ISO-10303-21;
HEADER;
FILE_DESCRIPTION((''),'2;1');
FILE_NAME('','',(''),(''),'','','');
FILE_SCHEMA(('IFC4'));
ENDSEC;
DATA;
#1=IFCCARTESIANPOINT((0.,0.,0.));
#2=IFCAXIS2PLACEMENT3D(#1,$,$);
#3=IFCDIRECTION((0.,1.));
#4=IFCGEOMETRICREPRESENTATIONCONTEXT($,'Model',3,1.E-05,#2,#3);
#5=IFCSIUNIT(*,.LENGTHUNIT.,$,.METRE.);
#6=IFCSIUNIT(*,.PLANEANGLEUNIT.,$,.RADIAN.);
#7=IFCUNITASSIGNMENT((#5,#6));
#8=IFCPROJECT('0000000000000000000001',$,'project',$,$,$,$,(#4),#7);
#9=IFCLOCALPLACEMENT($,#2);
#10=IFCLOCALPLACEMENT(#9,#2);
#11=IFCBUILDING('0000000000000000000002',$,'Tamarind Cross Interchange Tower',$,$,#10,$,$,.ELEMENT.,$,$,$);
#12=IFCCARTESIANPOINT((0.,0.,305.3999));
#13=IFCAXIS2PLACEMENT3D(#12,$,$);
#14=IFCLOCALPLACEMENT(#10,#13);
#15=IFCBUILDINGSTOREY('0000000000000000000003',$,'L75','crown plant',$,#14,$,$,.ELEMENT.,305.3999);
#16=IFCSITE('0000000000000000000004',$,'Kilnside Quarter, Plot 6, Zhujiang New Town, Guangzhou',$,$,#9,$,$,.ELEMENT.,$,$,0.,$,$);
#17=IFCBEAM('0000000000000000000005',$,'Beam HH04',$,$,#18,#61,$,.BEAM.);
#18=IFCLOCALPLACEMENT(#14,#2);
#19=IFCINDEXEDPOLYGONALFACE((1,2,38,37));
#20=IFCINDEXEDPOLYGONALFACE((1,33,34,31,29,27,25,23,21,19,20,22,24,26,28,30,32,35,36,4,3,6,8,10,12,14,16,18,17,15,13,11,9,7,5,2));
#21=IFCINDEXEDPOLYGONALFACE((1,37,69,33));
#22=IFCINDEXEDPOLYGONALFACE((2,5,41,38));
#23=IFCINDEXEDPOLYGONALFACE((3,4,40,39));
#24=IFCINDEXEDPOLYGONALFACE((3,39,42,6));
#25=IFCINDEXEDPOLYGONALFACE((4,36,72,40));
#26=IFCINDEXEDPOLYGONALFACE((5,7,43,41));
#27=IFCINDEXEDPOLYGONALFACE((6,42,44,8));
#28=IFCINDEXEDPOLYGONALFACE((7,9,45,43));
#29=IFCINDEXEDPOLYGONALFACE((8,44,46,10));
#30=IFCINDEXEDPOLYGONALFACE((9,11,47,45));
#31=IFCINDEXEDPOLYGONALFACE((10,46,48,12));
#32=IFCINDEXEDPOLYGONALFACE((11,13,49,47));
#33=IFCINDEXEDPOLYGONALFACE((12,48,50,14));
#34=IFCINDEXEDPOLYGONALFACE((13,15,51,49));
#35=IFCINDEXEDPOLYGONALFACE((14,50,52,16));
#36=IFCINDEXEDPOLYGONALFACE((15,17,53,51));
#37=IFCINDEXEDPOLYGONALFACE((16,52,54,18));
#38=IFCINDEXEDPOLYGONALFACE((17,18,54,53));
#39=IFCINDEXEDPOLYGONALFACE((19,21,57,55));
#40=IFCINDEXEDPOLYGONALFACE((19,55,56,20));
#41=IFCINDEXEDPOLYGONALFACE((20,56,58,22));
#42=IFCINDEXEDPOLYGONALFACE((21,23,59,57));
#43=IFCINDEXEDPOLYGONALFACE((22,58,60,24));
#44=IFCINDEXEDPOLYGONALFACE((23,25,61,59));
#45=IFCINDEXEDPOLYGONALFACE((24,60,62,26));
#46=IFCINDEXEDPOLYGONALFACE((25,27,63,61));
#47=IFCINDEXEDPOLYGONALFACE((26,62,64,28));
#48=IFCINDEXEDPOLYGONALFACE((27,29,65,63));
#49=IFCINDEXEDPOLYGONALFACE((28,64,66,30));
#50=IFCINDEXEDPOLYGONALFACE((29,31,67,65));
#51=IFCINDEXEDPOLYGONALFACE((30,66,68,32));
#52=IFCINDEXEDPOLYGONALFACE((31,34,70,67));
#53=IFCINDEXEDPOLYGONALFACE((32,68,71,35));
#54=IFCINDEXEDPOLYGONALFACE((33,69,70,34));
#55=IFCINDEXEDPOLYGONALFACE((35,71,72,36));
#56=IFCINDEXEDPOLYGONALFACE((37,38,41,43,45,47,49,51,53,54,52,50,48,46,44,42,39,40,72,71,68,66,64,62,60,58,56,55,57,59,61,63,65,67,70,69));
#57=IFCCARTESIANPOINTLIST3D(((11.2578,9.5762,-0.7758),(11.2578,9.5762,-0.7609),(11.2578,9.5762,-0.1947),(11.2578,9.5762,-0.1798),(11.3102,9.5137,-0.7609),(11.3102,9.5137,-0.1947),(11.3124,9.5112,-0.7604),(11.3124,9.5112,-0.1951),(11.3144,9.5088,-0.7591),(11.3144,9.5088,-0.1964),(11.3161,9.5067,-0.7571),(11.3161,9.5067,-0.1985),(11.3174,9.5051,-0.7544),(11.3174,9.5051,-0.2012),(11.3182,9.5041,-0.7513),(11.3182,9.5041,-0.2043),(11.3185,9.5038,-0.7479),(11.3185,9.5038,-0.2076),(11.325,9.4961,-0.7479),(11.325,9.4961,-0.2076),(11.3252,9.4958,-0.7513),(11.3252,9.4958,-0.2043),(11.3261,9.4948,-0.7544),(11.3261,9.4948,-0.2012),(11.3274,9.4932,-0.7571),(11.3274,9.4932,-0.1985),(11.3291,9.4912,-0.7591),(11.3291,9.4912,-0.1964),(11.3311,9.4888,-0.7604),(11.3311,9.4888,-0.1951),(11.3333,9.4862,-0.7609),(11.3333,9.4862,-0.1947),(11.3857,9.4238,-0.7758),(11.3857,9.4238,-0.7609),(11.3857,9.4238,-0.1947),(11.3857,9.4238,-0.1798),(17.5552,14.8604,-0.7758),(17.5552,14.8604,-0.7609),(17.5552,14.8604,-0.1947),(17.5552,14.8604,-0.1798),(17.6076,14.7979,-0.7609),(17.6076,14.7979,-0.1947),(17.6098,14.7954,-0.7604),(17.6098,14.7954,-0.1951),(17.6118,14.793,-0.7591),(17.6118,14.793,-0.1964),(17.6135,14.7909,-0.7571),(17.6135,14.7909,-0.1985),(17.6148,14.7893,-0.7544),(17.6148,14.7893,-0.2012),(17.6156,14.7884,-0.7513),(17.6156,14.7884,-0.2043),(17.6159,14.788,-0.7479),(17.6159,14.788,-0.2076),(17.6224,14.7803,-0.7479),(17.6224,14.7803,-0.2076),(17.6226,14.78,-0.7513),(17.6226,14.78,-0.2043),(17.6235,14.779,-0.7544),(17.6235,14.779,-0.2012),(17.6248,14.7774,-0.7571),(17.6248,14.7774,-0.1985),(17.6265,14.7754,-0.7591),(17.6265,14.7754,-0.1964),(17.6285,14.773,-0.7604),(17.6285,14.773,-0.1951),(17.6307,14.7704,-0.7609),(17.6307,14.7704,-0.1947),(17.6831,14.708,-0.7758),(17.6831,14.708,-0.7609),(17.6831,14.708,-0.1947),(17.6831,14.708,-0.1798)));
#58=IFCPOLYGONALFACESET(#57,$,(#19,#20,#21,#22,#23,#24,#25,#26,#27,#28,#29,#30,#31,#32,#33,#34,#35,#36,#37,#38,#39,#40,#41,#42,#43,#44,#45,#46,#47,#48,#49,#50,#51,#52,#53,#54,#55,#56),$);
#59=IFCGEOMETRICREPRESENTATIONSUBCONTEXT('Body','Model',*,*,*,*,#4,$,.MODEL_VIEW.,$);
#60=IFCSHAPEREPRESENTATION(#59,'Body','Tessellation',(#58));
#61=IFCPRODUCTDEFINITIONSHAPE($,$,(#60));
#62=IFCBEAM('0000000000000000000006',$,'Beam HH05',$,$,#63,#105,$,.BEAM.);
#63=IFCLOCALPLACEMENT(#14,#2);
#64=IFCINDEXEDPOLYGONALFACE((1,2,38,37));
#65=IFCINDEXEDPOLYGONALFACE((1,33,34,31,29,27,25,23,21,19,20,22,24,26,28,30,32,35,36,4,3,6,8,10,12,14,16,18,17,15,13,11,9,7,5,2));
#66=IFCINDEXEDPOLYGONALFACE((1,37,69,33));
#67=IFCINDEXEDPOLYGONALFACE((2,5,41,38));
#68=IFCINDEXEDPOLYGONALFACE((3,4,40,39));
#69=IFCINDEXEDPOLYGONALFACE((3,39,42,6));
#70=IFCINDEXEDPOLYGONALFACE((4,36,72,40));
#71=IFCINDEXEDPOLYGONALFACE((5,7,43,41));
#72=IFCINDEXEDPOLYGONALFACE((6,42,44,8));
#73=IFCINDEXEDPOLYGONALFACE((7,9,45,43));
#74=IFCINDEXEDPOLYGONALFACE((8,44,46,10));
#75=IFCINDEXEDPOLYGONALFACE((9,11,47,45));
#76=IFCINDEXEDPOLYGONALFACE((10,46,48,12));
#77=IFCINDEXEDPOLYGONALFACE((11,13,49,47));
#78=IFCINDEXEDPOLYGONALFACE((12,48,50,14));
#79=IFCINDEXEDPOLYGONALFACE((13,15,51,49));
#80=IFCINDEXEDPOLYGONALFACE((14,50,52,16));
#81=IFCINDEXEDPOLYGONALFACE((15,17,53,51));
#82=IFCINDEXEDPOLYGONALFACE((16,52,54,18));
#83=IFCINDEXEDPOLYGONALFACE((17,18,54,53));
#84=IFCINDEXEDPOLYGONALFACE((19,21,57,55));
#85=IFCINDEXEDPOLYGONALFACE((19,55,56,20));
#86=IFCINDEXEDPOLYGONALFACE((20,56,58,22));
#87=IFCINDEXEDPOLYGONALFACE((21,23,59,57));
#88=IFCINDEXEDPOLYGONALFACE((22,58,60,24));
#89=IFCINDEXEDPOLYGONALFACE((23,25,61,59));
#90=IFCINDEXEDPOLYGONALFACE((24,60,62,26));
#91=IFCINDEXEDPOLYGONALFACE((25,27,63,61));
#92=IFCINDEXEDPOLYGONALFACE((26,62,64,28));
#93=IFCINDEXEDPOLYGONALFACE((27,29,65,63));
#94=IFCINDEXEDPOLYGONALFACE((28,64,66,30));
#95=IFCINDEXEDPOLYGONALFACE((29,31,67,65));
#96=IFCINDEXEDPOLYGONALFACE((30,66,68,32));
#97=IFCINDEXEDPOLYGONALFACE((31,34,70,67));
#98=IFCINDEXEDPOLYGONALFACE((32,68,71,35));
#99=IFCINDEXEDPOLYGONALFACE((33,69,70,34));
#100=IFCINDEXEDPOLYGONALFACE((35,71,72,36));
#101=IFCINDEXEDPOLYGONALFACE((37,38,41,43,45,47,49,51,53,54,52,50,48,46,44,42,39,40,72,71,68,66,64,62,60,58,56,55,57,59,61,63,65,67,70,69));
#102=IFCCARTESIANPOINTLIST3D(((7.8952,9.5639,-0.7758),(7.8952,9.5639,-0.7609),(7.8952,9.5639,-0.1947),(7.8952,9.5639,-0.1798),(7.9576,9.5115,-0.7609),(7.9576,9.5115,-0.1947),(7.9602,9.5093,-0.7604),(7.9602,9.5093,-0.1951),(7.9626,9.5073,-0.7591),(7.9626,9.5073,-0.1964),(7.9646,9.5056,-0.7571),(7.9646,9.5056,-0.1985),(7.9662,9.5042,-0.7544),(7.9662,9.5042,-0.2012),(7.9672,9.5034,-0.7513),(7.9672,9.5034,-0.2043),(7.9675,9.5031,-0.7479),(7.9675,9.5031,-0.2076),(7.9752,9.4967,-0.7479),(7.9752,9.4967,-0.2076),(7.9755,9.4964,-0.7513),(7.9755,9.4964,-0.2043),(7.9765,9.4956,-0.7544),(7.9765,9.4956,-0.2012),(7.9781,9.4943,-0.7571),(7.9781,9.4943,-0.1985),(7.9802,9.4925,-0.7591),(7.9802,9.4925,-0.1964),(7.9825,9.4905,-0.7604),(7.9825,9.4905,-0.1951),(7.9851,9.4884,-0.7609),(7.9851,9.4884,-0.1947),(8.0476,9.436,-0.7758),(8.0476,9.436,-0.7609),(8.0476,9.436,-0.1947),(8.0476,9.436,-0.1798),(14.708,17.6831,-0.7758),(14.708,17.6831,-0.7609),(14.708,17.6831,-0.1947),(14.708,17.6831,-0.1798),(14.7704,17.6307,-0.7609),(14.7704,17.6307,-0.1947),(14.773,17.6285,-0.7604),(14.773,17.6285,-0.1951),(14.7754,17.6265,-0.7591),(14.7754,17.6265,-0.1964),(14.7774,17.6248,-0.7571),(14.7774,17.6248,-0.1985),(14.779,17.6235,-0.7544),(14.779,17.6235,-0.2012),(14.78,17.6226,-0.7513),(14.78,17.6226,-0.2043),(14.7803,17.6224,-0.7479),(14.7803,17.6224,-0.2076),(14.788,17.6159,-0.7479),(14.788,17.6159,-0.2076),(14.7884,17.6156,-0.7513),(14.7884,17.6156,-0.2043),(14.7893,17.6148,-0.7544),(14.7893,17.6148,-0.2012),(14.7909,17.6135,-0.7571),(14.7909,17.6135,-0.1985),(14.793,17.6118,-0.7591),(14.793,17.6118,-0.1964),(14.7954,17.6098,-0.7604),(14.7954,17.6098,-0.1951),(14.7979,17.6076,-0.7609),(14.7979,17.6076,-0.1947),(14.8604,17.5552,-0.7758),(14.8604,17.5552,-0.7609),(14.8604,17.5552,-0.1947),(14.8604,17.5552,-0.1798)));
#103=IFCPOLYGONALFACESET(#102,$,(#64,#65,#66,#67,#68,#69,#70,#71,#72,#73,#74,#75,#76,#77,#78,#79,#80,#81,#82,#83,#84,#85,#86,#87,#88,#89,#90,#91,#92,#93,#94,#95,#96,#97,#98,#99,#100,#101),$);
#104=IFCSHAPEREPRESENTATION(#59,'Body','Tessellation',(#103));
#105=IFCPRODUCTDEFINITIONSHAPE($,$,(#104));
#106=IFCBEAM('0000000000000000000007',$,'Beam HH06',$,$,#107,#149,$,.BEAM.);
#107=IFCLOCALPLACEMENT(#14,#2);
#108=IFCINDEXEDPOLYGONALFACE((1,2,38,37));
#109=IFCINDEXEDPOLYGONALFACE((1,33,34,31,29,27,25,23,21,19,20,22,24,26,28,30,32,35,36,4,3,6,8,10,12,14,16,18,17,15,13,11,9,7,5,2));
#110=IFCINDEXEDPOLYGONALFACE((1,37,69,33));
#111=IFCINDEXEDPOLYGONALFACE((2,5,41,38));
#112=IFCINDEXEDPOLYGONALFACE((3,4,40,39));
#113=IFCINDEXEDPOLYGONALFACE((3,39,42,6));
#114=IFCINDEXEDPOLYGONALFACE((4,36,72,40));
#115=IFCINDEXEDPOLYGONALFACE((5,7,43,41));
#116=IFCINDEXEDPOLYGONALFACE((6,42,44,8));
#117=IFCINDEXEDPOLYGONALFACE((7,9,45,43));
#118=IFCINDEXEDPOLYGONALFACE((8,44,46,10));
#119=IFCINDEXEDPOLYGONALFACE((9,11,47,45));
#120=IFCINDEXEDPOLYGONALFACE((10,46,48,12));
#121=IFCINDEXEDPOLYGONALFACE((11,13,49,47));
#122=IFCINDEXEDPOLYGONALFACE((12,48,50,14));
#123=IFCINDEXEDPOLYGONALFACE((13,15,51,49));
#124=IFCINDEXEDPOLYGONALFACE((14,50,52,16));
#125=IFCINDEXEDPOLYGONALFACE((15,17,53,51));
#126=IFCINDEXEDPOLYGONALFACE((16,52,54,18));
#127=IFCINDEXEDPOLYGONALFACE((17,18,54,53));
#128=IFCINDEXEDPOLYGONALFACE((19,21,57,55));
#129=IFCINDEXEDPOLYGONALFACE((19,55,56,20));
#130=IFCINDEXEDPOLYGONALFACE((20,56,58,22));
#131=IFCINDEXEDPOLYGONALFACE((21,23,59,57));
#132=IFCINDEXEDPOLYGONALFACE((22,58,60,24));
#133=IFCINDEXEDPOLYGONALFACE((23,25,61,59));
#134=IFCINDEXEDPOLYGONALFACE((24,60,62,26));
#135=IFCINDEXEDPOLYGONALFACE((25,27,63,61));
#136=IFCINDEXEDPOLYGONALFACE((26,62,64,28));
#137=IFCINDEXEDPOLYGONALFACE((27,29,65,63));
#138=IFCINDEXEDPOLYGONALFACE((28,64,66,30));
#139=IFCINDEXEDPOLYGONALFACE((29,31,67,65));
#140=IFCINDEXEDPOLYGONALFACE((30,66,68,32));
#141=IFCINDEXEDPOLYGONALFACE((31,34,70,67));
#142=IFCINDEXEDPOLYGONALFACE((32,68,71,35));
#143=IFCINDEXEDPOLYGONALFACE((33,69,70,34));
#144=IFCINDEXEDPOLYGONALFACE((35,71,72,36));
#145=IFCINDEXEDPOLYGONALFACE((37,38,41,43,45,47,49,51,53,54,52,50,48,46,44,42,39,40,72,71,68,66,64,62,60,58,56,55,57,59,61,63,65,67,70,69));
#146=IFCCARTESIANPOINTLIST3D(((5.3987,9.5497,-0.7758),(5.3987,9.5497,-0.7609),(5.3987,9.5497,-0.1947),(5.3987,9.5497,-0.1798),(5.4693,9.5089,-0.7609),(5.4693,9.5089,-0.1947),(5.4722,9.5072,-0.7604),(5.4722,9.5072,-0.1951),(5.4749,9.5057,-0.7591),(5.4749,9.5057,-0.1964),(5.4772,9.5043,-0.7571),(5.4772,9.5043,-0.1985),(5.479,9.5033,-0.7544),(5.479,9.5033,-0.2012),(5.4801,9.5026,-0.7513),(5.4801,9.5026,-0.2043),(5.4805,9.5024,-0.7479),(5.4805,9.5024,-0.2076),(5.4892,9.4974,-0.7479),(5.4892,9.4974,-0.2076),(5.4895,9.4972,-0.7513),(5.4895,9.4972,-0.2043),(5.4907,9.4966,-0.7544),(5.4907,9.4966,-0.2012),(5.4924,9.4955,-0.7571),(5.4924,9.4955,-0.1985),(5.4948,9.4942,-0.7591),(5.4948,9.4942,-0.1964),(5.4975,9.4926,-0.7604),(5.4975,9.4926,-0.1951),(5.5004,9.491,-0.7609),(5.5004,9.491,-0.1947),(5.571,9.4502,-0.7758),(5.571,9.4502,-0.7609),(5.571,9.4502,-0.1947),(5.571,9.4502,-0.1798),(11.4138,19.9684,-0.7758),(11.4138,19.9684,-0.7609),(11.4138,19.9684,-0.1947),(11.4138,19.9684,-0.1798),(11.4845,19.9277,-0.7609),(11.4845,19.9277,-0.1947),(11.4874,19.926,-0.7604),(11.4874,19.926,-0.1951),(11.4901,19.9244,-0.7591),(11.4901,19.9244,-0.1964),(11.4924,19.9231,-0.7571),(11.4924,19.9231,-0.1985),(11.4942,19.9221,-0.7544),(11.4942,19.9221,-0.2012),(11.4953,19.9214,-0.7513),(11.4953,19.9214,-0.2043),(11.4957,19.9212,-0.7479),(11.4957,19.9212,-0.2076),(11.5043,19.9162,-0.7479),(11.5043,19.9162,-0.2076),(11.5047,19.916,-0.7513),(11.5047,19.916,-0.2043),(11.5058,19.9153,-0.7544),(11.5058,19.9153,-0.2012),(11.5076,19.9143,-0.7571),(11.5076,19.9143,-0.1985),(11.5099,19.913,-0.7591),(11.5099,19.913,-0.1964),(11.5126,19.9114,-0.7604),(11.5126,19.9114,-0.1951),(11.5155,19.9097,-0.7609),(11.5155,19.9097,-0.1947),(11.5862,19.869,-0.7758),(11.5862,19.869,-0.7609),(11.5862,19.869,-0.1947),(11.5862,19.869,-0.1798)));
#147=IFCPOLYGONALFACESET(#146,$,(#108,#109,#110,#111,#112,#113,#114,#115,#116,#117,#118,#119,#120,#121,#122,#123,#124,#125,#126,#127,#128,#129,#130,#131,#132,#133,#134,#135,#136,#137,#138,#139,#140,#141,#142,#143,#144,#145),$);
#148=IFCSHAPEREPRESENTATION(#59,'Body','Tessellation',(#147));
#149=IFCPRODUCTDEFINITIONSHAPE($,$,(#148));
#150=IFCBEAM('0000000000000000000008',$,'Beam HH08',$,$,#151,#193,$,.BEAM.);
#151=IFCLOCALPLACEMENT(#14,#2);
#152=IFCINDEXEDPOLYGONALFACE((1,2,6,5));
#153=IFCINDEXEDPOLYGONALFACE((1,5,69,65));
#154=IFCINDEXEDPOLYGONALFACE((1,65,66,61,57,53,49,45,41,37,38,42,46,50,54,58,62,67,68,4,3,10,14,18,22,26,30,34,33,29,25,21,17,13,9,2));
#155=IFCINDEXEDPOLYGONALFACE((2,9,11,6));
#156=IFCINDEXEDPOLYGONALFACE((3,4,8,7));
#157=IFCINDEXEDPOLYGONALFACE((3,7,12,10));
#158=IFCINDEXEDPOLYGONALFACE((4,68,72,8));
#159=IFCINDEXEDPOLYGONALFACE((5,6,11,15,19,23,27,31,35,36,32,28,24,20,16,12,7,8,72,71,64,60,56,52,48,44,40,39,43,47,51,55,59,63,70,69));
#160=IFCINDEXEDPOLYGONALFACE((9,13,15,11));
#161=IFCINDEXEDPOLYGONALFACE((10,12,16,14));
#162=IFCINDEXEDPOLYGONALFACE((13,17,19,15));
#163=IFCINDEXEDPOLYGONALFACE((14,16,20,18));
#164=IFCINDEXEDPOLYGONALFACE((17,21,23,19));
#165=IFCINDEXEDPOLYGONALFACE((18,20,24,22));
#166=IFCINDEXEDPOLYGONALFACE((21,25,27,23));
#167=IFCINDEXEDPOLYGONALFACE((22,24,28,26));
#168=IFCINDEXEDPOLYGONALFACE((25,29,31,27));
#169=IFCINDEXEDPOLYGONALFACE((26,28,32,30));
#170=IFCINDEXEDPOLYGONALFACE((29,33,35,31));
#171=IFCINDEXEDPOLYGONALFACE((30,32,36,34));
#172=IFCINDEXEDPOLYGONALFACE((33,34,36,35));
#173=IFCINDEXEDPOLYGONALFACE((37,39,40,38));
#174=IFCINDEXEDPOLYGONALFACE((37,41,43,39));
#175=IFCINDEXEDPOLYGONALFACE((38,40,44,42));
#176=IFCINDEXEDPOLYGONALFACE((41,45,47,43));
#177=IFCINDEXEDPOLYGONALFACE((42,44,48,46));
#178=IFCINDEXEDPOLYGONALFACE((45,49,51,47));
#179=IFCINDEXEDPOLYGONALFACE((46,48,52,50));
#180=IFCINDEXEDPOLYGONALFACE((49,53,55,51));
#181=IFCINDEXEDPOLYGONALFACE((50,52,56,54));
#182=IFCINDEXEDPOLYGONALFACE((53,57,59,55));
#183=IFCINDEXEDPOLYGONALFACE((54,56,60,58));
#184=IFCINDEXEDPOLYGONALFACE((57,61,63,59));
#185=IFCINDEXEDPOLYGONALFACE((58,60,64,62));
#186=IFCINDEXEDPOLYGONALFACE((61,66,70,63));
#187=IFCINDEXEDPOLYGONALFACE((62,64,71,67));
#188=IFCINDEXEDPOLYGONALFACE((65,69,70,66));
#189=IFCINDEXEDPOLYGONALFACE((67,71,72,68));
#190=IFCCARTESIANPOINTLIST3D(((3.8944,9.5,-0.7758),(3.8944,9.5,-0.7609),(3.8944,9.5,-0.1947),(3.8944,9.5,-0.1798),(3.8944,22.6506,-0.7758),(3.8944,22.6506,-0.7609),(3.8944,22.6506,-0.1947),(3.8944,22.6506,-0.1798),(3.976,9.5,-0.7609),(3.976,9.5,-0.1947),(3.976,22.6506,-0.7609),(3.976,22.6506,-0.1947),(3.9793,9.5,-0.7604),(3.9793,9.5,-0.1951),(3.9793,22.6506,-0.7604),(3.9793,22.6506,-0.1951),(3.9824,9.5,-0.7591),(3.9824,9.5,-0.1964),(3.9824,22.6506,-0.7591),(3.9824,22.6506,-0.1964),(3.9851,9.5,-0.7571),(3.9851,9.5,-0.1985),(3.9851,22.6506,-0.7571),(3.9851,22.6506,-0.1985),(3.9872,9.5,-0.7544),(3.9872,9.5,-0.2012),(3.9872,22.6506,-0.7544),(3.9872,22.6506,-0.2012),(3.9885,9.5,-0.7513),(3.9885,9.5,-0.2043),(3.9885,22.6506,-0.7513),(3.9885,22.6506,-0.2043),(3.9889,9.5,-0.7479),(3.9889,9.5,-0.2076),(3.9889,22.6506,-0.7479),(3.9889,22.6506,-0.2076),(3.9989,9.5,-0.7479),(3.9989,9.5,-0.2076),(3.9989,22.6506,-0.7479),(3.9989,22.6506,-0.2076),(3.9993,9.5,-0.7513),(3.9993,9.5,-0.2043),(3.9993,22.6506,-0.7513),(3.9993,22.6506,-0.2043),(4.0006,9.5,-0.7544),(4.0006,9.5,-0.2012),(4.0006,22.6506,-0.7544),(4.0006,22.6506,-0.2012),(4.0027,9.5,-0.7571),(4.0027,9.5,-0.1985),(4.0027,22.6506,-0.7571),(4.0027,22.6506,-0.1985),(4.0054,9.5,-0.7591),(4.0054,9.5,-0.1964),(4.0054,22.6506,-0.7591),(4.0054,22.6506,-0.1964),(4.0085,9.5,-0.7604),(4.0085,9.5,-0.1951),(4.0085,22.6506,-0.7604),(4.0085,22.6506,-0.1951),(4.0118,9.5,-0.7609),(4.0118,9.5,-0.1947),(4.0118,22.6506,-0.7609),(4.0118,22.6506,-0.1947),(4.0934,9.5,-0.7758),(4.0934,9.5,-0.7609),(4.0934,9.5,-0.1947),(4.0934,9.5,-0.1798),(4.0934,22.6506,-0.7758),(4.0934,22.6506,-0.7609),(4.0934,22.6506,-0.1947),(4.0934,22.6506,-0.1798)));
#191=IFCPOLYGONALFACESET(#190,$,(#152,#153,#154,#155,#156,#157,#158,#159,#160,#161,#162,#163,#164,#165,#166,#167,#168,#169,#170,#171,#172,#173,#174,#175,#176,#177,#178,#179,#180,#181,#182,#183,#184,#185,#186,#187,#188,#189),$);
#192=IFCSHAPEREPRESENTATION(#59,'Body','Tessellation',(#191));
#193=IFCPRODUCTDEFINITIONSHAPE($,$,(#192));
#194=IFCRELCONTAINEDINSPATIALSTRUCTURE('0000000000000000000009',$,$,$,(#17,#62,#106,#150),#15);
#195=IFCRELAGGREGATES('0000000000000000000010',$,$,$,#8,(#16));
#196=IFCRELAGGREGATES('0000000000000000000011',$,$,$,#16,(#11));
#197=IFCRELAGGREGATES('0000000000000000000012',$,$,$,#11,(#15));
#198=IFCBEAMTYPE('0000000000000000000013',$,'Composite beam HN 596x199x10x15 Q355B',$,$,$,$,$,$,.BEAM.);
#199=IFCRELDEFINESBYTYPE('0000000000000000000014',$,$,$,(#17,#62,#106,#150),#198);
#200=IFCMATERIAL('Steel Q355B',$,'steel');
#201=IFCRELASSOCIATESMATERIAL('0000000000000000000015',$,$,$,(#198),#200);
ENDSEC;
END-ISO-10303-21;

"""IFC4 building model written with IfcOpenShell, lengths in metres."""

from ifc_helpers import new_model, si_unit, direction, frame, origin, origin_2d, place, context, subcontext, project, spatial, i_section, extrude, material, material_profile, profile_set, type_object, element, save


model = new_model("IFC4")

# Units and contexts
model_context = context("Model", 3, precision=1e-05, world=origin(), true_north=direction((0.0, 1.0)))
body_context = subcontext(model_context, "Body", "Model", "MODEL_VIEW")
ifc_project = project(units=[si_unit("LENGTHUNIT", "METRE"), si_unit("PLANEANGLEUNIT", "RADIAN")], contexts=[model_context])

# Site, building, storey
site_placement = place(None, origin())
site = spatial("IfcSite", under=ifc_project, at=site_placement, Name="Kilnside Quarter, Plot 6, Zhujiang New Town, Guangzhou", CompositionType="ELEMENT", RefElevation=0.0)
building_placement = place(site_placement, origin())
building = spatial("IfcBuilding", under=site, at=building_placement, Name="Tamarind Cross Interchange Tower", CompositionType="ELEMENT")
storey_placement = place(building_placement, frame((0.0, 0.0, 305.3999)))
storey = spatial("IfcBuildingStorey", under=building, at=storey_placement, Name="L75", Description="crown plant", CompositionType="ELEMENT", Elevation=305.3999)

# Beams
ifc_material_1 = material(Name="Steel Q355B", Category="steel")
ifc_material_profile_1 = material_profile(ifc_material_1, i_section(OverallWidth=0.199, OverallDepth=0.5959, WebThickness=0.01, FlangeThickness=0.0149, FilletRadius=0.0129, at=origin_2d()), Name="HN 596x199x10x15")
ifc_profile_set_1 = profile_set([ifc_material_profile_1], Name="Steel Q355B")
beam_type = type_object("IfcBeamType", Name="Composite beam HN 596x199x10x15 Q355B", PredefinedType="BEAM", material=ifc_profile_set_1)
beam_1_placement = place(storey_placement, frame((17.6191, 14.7842, -0.4778), z_axis=(-0.766041, -0.642792, 0.0), x_axis=(0.642792, -0.766041, 0.0)))
element("IfcBeam", 1, at=beam_1_placement, inside=storey, type_object=beam_type, Name="Beam HH04", PredefinedType="BEAM", context=body_context, shape_type="SweptSolid", body=[
    extrude(i_section(OverallWidth=0.199, OverallDepth=0.5959, WebThickness=0.01, FlangeThickness=0.0149, FilletRadius=0.0129, at=origin_2d()), origin(), (0.0, 0.0, 1.0), 8.2207),
])
beam_2_placement = place(storey_placement, frame((14.7842, 17.6191, -0.4778), z_axis=(-0.642786, -0.766046, 0.0), x_axis=(0.766046, -0.642786, 0.0)))
element("IfcBeam", 2, at=beam_2_placement, inside=storey, type_object=beam_type, Name="Beam HH05", PredefinedType="BEAM", context=body_context, shape_type="SweptSolid", body=[
    extrude(i_section(OverallWidth=0.199, OverallDepth=0.5959, WebThickness=0.01, FlangeThickness=0.0149, FilletRadius=0.0129, at=origin_2d()), origin(), (0.0, 0.0, 1.0), 10.5989),
])
beam_3_placement = place(storey_placement, frame((11.5, 19.9187, -0.4778), z_axis=(-0.499994, -0.866029, 0.0), x_axis=(0.866029, -0.499994, 0.0)))
element("IfcBeam", 3, at=beam_3_placement, inside=storey, type_object=beam_type, Name="Beam HH06", PredefinedType="BEAM", context=body_context, shape_type="SweptSolid", body=[
    extrude(i_section(OverallWidth=0.199, OverallDepth=0.5959, WebThickness=0.01, FlangeThickness=0.0149, FilletRadius=0.0129, at=origin_2d()), origin(), (0.0, 0.0, 1.0), 12.0305),
])
beam_4_placement = place(storey_placement, frame((3.9939, 22.6506, -0.4778), z_axis=(0.0, -1.0, 0.0), x_axis=(1.0, 0.0, 0.0)))
element("IfcBeam", 4, at=beam_4_placement, inside=storey, type_object=beam_type, Name="Beam HH08", PredefinedType="BEAM", context=body_context, shape_type="SweptSolid", body=[
    extrude(i_section(OverallWidth=0.199, OverallDepth=0.5959, WebThickness=0.01, FlangeThickness=0.0149, FilletRadius=0.0129, at=origin_2d()), origin(), (0.0, 0.0, 1.0), 13.1506),
])

save(model, "model.ifc")
